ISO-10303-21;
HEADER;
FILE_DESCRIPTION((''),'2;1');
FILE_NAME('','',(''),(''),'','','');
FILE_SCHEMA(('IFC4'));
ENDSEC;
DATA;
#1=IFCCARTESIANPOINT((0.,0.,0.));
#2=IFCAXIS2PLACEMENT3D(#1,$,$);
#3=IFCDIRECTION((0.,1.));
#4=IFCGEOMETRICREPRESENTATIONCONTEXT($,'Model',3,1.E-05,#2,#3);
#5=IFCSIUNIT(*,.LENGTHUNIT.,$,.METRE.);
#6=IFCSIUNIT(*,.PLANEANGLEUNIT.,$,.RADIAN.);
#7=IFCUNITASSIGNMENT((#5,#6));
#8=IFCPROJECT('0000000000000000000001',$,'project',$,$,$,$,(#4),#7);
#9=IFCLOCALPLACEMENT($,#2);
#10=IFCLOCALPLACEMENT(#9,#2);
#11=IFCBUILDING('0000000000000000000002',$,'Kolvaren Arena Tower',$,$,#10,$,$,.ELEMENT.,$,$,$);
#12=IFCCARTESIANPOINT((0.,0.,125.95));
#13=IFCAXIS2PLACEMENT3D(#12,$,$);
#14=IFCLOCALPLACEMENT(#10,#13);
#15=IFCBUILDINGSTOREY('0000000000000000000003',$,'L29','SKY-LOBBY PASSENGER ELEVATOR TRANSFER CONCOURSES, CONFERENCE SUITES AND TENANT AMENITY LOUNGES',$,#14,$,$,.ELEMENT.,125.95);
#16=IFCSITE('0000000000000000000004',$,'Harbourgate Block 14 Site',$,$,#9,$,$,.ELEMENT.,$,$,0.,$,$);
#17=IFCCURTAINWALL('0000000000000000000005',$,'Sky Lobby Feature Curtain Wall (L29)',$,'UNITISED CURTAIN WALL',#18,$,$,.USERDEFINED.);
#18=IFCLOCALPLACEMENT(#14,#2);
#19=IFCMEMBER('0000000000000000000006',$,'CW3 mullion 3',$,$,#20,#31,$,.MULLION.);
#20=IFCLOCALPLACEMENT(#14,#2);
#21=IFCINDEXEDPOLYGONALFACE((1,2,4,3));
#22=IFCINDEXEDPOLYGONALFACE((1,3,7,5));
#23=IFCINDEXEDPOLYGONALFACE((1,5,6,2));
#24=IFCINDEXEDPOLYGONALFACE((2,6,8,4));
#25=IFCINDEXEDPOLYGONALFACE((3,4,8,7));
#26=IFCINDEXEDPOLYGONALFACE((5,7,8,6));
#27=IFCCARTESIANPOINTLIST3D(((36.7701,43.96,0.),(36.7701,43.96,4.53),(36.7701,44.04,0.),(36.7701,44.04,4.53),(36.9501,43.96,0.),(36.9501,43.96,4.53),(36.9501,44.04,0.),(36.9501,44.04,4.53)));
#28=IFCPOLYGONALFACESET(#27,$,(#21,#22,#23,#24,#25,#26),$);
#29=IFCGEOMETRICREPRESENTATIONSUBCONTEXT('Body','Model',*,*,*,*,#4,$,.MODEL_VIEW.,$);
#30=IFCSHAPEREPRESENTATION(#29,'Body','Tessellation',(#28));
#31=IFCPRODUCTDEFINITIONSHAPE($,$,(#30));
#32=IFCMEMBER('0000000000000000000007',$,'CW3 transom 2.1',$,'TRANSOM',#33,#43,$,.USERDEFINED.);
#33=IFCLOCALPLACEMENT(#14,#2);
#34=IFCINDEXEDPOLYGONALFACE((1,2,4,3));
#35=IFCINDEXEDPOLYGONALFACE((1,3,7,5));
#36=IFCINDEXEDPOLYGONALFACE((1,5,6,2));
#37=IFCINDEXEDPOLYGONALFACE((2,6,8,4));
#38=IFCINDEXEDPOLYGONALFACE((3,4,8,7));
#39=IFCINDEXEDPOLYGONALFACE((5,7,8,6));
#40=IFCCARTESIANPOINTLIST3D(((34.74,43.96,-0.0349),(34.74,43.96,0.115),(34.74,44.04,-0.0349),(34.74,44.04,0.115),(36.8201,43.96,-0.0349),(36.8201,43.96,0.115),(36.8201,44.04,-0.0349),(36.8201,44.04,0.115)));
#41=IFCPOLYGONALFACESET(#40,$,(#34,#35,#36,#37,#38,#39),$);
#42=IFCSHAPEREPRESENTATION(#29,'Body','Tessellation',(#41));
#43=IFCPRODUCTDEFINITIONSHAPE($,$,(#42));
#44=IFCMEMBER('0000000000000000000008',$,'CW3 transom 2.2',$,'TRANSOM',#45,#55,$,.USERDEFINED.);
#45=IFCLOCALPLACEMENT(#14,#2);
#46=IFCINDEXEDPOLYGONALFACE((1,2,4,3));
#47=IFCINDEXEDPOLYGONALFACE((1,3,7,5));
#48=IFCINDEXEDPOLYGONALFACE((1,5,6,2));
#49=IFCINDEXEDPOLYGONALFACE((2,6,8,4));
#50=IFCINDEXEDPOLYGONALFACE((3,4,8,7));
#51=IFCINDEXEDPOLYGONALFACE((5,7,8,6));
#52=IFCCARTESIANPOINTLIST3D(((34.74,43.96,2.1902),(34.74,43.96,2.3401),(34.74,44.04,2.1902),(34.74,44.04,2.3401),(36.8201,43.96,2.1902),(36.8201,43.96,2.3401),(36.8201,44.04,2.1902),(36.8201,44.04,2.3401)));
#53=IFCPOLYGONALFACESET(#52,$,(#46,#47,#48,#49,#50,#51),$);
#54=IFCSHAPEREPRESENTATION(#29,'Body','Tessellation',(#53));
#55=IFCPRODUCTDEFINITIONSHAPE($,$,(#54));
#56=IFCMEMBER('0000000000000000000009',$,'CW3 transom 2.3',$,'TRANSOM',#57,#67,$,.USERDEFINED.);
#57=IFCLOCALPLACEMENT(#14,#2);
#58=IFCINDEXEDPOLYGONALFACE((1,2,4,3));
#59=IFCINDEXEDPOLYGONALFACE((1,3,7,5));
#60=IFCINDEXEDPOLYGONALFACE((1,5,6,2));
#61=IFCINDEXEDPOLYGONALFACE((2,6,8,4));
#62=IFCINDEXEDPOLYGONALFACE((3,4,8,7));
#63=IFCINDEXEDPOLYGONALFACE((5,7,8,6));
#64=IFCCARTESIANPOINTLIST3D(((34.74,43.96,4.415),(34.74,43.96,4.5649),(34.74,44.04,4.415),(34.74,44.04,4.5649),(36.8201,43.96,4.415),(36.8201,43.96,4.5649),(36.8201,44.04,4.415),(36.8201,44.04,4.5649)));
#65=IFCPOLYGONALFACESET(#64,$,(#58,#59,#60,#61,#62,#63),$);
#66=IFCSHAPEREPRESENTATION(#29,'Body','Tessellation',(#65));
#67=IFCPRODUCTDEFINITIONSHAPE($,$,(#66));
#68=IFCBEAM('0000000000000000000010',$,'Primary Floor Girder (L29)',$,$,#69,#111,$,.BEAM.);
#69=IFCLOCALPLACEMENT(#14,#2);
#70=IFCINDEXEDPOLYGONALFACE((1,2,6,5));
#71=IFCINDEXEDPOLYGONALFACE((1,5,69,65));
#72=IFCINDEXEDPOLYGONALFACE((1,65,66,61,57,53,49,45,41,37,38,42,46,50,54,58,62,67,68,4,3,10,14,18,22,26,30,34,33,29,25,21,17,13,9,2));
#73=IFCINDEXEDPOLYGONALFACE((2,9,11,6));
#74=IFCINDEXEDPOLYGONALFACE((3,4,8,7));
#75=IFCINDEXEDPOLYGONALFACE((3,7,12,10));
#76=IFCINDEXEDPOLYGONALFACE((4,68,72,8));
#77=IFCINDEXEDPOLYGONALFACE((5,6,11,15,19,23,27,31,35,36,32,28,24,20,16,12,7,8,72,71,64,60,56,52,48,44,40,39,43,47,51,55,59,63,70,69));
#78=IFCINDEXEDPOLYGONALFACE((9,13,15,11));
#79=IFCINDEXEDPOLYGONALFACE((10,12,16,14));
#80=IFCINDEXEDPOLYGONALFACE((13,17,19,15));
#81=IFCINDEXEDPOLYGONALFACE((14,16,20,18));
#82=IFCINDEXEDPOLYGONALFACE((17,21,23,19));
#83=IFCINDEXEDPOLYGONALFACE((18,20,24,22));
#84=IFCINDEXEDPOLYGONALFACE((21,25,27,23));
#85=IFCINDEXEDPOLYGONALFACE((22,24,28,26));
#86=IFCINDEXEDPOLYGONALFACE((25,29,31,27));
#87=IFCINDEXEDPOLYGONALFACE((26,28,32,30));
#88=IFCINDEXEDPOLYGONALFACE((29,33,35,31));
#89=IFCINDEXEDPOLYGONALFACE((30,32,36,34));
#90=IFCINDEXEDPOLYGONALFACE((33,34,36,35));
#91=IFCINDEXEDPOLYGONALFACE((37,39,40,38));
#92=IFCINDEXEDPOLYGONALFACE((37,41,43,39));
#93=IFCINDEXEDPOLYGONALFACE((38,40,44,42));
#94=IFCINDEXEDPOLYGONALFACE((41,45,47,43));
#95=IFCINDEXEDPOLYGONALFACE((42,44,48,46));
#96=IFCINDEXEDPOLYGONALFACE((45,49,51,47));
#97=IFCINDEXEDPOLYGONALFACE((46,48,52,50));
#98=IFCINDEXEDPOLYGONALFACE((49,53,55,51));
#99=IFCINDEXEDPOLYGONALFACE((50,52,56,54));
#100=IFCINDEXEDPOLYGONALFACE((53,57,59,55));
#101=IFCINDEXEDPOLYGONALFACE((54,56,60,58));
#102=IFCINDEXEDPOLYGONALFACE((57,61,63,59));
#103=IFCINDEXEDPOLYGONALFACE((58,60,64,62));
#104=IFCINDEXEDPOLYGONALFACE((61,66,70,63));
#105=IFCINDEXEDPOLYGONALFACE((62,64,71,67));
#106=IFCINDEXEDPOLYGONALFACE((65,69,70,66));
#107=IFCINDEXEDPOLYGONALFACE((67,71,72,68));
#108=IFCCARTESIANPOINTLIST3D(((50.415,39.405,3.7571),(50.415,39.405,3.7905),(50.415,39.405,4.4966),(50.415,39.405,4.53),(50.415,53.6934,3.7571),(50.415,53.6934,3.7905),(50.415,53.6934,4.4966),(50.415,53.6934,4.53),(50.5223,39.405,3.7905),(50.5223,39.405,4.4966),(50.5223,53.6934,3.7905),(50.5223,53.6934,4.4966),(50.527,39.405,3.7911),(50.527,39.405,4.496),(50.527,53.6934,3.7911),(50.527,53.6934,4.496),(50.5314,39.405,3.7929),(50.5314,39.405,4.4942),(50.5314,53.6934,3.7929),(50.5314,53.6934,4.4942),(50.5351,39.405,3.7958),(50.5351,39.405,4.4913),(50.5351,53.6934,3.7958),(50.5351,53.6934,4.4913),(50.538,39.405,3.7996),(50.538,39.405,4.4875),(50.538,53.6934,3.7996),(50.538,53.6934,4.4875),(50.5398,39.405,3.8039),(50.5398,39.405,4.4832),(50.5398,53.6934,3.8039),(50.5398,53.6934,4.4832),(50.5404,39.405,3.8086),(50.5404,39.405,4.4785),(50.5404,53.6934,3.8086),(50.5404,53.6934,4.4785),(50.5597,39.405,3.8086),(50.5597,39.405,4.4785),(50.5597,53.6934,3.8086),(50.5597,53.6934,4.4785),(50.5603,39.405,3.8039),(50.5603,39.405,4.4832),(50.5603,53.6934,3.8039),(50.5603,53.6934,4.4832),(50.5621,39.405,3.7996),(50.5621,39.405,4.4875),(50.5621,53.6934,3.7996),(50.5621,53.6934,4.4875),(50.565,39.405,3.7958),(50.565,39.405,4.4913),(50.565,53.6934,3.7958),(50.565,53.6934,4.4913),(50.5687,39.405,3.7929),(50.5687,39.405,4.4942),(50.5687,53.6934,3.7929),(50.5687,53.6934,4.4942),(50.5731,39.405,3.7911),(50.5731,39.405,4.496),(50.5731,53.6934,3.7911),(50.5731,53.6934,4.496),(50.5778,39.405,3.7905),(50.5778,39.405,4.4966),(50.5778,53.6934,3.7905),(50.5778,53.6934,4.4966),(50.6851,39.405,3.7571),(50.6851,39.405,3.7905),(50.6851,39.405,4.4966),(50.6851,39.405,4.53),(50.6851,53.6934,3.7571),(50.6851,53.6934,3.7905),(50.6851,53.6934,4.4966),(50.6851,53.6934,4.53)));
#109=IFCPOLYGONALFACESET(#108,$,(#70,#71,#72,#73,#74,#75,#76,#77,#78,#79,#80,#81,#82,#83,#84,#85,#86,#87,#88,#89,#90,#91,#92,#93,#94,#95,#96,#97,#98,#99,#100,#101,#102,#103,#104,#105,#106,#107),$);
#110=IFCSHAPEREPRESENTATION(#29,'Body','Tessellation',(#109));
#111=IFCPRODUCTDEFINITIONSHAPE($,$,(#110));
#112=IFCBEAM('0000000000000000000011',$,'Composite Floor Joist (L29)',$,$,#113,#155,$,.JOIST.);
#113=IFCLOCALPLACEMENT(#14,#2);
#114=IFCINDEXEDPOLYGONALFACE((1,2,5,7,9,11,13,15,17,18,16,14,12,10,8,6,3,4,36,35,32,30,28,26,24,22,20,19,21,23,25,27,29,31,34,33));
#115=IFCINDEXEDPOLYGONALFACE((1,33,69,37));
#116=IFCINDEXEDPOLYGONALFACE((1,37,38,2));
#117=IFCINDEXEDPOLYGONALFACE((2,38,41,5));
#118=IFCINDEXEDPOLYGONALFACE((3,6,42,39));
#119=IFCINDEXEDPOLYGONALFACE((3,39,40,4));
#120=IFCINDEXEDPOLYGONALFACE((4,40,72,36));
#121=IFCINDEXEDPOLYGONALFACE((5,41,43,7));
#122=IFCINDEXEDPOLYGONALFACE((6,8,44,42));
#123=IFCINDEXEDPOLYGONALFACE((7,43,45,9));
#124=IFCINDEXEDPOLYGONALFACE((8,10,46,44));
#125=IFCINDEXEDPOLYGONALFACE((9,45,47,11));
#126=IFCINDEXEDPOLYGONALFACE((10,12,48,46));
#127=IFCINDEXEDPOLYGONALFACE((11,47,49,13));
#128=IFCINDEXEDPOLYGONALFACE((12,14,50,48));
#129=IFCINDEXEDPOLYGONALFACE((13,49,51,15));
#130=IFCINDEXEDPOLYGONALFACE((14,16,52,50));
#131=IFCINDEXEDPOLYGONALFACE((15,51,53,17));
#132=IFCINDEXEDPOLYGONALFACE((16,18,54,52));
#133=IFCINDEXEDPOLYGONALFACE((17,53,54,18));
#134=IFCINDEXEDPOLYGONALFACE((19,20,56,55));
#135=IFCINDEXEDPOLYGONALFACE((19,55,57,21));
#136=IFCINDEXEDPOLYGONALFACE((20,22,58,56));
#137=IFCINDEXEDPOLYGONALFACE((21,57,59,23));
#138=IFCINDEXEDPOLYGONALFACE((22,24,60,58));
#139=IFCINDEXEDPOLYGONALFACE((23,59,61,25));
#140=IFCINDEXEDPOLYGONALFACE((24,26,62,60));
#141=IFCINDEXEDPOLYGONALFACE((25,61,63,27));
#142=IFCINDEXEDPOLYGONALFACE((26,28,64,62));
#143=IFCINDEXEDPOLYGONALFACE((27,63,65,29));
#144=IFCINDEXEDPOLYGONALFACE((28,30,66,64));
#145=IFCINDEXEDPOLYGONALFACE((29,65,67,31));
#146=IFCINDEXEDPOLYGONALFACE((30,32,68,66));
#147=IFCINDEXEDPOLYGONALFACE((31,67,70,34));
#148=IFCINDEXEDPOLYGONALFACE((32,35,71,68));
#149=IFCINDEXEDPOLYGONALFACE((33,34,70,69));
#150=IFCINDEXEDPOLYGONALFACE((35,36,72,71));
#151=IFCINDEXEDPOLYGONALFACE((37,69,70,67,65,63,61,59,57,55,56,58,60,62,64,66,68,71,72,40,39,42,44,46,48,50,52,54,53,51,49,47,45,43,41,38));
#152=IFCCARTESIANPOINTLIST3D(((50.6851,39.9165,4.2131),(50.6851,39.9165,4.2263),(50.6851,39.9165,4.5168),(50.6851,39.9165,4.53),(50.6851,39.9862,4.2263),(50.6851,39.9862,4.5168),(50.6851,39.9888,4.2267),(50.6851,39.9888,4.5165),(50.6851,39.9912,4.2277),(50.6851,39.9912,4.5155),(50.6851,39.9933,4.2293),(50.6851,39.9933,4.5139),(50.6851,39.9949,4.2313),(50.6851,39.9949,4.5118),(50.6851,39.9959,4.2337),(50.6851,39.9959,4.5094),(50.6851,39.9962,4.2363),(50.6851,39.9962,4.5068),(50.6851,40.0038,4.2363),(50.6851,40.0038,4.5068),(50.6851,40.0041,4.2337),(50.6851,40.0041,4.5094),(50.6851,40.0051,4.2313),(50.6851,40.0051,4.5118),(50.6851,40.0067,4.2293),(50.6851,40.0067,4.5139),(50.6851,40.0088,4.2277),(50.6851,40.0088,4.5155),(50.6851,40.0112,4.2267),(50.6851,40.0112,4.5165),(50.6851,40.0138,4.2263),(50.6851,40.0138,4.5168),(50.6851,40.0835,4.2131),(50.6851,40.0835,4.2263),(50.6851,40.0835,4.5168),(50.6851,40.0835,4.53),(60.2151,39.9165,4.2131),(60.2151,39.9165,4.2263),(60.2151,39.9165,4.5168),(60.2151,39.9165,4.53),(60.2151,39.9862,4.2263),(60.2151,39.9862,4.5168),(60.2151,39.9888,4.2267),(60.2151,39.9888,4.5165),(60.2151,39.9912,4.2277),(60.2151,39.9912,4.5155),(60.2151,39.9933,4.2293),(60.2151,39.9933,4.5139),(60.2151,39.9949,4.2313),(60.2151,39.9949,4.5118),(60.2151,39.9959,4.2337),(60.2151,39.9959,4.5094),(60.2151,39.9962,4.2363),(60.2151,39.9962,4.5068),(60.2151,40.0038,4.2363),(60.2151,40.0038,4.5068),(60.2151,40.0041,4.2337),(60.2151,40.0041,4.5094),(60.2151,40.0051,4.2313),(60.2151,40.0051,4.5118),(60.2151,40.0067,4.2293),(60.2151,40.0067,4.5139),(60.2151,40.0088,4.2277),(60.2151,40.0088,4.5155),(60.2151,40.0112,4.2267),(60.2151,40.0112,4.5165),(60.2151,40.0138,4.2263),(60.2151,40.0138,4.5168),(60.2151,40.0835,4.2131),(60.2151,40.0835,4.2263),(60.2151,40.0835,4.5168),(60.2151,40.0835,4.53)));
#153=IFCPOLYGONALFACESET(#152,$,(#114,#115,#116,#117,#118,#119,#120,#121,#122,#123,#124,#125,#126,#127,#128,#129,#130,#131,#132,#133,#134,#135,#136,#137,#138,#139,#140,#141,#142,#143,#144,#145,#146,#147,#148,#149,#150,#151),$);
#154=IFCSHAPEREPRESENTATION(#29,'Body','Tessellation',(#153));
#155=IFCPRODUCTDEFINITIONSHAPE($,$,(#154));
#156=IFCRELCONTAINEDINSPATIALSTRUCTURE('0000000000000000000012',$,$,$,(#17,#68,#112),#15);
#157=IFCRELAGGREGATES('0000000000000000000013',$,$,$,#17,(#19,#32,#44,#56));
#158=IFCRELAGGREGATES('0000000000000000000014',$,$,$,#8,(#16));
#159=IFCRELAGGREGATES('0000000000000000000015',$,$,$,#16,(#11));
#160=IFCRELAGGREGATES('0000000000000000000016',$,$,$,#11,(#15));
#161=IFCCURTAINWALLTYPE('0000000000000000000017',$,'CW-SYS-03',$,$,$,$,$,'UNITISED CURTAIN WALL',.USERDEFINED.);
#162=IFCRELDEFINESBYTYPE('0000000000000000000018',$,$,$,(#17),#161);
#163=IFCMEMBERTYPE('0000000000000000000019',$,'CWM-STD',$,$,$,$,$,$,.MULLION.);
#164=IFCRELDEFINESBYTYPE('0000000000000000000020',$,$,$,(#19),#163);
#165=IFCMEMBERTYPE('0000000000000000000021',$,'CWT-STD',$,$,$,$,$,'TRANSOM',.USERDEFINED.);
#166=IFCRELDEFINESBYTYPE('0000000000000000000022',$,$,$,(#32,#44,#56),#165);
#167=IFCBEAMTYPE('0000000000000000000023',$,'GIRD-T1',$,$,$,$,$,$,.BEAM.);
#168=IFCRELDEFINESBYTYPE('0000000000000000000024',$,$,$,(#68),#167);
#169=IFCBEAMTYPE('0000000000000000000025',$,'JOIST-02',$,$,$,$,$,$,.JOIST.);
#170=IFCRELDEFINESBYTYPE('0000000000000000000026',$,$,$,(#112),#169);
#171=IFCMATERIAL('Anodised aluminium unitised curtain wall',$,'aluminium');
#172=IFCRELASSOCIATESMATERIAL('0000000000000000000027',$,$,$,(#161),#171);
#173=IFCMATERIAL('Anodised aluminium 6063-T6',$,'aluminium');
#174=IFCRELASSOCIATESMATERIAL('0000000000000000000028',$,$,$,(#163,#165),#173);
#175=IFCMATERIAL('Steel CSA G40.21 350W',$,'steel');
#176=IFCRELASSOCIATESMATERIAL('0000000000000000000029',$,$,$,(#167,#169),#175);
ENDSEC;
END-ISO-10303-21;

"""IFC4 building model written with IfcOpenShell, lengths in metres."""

from ifc_helpers import new_model, si_unit, direction, frame, origin, origin_2d, place, context, subcontext, project, spatial, rectangle, i_section, extrude, material, material_profile, profile_set, type_object, element, aggregate, save


model = new_model("IFC4")

# Units and contexts
model_context = context("Model", 3, precision=1e-05, world=origin(), true_north=direction((0.0, 1.0)))
body_context = subcontext(model_context, "Body", "Model", "MODEL_VIEW")
ifc_project = project(units=[si_unit("LENGTHUNIT", "METRE"), si_unit("PLANEANGLEUNIT", "RADIAN")], contexts=[model_context])

# Site, building, storey
site_placement = place(None, origin())
site = spatial("IfcSite", under=ifc_project, at=site_placement, Name="Harbourgate Block 14 Site", CompositionType="ELEMENT", RefElevation=0.0)
building_placement = place(site_placement, origin())
building = spatial("IfcBuilding", under=site, at=building_placement, Name="Kolvaren Arena Tower", CompositionType="ELEMENT")
storey_placement = place(building_placement, frame((0.0, 0.0, 125.95)))
storey = spatial("IfcBuildingStorey", under=building, at=storey_placement, Name="L29", Description="SKY-LOBBY PASSENGER ELEVATOR TRANSFER CONCOURSES, CONFERENCE SUITES AND TENANT AMENITY LOUNGES", CompositionType="ELEMENT", Elevation=125.95)

# Shared definitions
ifc_material_1 = material(Name="Steel CSA G40.21 350W", Category="steel")

# Curtain wall, members
ifc_material_2 = material(Name="Anodised aluminium unitised curtain wall", Category="aluminium")
curtain_wall_type = type_object("IfcCurtainWallType", Name="CW-SYS-03", ElementType="UNITISED CURTAIN WALL", PredefinedType="USERDEFINED", material=ifc_material_2)
curtain_wall_placement = place(storey_placement, origin())
curtain_wall = element("IfcCurtainWall", 1, at=curtain_wall_placement, inside=storey, type_object=curtain_wall_type, Name="Sky Lobby Feature Curtain Wall (L29)", ObjectType="UNITISED CURTAIN WALL", PredefinedType="USERDEFINED")
ifc_material_3 = material(Name="Anodised aluminium 6063-T6", Category="aluminium")
ifc_material_profile_1 = material_profile(ifc_material_3, rectangle(XDim=0.0801, YDim=0.1799, at=origin_2d()), Name="ALU-80x180")
ifc_profile_set_1 = profile_set([ifc_material_profile_1], Name="Anodised aluminium 6063-T6")
member_type_1 = type_object("IfcMemberType", Name="CWM-STD", PredefinedType="MULLION", material=ifc_profile_set_1)
member_1_placement = place(storey_placement, frame((36.8601, 44.0, 0.0), z_axis=(0.0, 0.0, 1.0), x_axis=(0.0, 1.0, 0.0)))
member_1 = element("IfcMember", 2, at=member_1_placement, type_object=member_type_1, Name="CW3 mullion 3", PredefinedType="MULLION", context=body_context, shape_type="SweptSolid", body=[
    extrude(rectangle(XDim=0.0801, YDim=0.1799, at=origin_2d()), origin(), (0.0, 0.0, 1.0), 4.53),
])
ifc_material_profile_2 = material_profile(ifc_material_3, rectangle(XDim=0.0801, YDim=0.1499, at=origin_2d()), Name="ALU-80x150")
ifc_profile_set_2 = profile_set([ifc_material_profile_2], Name="Anodised aluminium 6063-T6")
member_type_2 = type_object("IfcMemberType", Name="CWT-STD", ElementType="TRANSOM", PredefinedType="USERDEFINED", material=ifc_profile_set_2)
member_2_placement = place(storey_placement, frame((34.74, 44.0, 0.04), z_axis=(1.0, 0.0, 0.0), x_axis=(0.0, 1.0, 0.0)))
member_2 = element("IfcMember", 3, at=member_2_placement, type_object=member_type_2, Name="CW3 transom 2.1", ObjectType="TRANSOM", PredefinedType="USERDEFINED", context=body_context, shape_type="SweptSolid", body=[
    extrude(rectangle(XDim=0.0801, YDim=0.1499, at=origin_2d()), origin(), (0.0, 0.0, 1.0), 2.0801),
])
member_3_placement = place(storey_placement, frame((34.74, 44.0, 2.2651), z_axis=(1.0, 0.0, 0.0), x_axis=(0.0, 1.0, 0.0)))
member_3 = element("IfcMember", 4, at=member_3_placement, type_object=member_type_2, Name="CW3 transom 2.2", ObjectType="TRANSOM", PredefinedType="USERDEFINED", context=body_context, shape_type="SweptSolid", body=[
    extrude(rectangle(XDim=0.0801, YDim=0.1499, at=origin_2d()), origin(), (0.0, 0.0, 1.0), 2.0801),
])
member_4_placement = place(storey_placement, frame((34.74, 44.0, 4.49), z_axis=(1.0, 0.0, 0.0), x_axis=(0.0, 1.0, 0.0)))
member_4 = element("IfcMember", 5, at=member_4_placement, type_object=member_type_2, Name="CW3 transom 2.3", ObjectType="TRANSOM", PredefinedType="USERDEFINED", context=body_context, shape_type="SweptSolid", body=[
    extrude(rectangle(XDim=0.0801, YDim=0.1499, at=origin_2d()), origin(), (0.0, 0.0, 1.0), 2.0801),
])

# Beams
ifc_material_profile_3 = material_profile(ifc_material_1, i_section(OverallWidth=0.27, OverallDepth=0.7729, WebThickness=0.0193, FlangeThickness=0.0334, FilletRadius=0.0181, at=origin_2d()), Name="W760x257")
ifc_profile_set_3 = profile_set([ifc_material_profile_3], Name="Steel CSA G40.21 350W")
beam_type_1 = type_object("IfcBeamType", Name="GIRD-T1", PredefinedType="BEAM", material=ifc_profile_set_3)
beam_1_placement = place(storey_placement, frame((50.55, 39.405, 4.1436), z_axis=(0.0, 1.0, 0.0), x_axis=(-1.0, 0.0, 0.0)))
element("IfcBeam", 6, at=beam_1_placement, inside=storey, type_object=beam_type_1, Name="Primary Floor Girder (L29)", PredefinedType="BEAM", context=body_context, shape_type="SweptSolid", body=[
    extrude(i_section(OverallWidth=0.27, OverallDepth=0.7729, WebThickness=0.0193, FlangeThickness=0.0334, FilletRadius=0.0181, at=origin_2d()), origin(), (0.0, 0.0, 1.0), 14.2883),
])
ifc_material_profile_4 = material_profile(ifc_material_1, i_section(OverallWidth=0.167, OverallDepth=0.3169, WebThickness=0.0076, FlangeThickness=0.0132, FilletRadius=0.01, at=origin_2d()), Name="W310x52")
ifc_profile_set_4 = profile_set([ifc_material_profile_4], Name="Steel CSA G40.21 350W")
beam_type_2 = type_object("IfcBeamType", Name="JOIST-02", PredefinedType="JOIST", material=ifc_profile_set_4)
beam_2_placement = place(storey_placement, frame((50.6851, 40.0, 4.3716), z_axis=(1.0, 0.0, 0.0), x_axis=(0.0, 1.0, 0.0)))
element("IfcBeam", 7, at=beam_2_placement, inside=storey, type_object=beam_type_2, Name="Composite Floor Joist (L29)", PredefinedType="JOIST", context=body_context, shape_type="SweptSolid", body=[
    extrude(i_section(OverallWidth=0.167, OverallDepth=0.3169, WebThickness=0.0076, FlangeThickness=0.0132, FilletRadius=0.01, at=origin_2d()), origin(), (0.0, 0.0, 1.0), 9.53),
])

aggregate(curtain_wall, [member_1, member_2, member_3, member_4])

save(model, "model.ifc")
